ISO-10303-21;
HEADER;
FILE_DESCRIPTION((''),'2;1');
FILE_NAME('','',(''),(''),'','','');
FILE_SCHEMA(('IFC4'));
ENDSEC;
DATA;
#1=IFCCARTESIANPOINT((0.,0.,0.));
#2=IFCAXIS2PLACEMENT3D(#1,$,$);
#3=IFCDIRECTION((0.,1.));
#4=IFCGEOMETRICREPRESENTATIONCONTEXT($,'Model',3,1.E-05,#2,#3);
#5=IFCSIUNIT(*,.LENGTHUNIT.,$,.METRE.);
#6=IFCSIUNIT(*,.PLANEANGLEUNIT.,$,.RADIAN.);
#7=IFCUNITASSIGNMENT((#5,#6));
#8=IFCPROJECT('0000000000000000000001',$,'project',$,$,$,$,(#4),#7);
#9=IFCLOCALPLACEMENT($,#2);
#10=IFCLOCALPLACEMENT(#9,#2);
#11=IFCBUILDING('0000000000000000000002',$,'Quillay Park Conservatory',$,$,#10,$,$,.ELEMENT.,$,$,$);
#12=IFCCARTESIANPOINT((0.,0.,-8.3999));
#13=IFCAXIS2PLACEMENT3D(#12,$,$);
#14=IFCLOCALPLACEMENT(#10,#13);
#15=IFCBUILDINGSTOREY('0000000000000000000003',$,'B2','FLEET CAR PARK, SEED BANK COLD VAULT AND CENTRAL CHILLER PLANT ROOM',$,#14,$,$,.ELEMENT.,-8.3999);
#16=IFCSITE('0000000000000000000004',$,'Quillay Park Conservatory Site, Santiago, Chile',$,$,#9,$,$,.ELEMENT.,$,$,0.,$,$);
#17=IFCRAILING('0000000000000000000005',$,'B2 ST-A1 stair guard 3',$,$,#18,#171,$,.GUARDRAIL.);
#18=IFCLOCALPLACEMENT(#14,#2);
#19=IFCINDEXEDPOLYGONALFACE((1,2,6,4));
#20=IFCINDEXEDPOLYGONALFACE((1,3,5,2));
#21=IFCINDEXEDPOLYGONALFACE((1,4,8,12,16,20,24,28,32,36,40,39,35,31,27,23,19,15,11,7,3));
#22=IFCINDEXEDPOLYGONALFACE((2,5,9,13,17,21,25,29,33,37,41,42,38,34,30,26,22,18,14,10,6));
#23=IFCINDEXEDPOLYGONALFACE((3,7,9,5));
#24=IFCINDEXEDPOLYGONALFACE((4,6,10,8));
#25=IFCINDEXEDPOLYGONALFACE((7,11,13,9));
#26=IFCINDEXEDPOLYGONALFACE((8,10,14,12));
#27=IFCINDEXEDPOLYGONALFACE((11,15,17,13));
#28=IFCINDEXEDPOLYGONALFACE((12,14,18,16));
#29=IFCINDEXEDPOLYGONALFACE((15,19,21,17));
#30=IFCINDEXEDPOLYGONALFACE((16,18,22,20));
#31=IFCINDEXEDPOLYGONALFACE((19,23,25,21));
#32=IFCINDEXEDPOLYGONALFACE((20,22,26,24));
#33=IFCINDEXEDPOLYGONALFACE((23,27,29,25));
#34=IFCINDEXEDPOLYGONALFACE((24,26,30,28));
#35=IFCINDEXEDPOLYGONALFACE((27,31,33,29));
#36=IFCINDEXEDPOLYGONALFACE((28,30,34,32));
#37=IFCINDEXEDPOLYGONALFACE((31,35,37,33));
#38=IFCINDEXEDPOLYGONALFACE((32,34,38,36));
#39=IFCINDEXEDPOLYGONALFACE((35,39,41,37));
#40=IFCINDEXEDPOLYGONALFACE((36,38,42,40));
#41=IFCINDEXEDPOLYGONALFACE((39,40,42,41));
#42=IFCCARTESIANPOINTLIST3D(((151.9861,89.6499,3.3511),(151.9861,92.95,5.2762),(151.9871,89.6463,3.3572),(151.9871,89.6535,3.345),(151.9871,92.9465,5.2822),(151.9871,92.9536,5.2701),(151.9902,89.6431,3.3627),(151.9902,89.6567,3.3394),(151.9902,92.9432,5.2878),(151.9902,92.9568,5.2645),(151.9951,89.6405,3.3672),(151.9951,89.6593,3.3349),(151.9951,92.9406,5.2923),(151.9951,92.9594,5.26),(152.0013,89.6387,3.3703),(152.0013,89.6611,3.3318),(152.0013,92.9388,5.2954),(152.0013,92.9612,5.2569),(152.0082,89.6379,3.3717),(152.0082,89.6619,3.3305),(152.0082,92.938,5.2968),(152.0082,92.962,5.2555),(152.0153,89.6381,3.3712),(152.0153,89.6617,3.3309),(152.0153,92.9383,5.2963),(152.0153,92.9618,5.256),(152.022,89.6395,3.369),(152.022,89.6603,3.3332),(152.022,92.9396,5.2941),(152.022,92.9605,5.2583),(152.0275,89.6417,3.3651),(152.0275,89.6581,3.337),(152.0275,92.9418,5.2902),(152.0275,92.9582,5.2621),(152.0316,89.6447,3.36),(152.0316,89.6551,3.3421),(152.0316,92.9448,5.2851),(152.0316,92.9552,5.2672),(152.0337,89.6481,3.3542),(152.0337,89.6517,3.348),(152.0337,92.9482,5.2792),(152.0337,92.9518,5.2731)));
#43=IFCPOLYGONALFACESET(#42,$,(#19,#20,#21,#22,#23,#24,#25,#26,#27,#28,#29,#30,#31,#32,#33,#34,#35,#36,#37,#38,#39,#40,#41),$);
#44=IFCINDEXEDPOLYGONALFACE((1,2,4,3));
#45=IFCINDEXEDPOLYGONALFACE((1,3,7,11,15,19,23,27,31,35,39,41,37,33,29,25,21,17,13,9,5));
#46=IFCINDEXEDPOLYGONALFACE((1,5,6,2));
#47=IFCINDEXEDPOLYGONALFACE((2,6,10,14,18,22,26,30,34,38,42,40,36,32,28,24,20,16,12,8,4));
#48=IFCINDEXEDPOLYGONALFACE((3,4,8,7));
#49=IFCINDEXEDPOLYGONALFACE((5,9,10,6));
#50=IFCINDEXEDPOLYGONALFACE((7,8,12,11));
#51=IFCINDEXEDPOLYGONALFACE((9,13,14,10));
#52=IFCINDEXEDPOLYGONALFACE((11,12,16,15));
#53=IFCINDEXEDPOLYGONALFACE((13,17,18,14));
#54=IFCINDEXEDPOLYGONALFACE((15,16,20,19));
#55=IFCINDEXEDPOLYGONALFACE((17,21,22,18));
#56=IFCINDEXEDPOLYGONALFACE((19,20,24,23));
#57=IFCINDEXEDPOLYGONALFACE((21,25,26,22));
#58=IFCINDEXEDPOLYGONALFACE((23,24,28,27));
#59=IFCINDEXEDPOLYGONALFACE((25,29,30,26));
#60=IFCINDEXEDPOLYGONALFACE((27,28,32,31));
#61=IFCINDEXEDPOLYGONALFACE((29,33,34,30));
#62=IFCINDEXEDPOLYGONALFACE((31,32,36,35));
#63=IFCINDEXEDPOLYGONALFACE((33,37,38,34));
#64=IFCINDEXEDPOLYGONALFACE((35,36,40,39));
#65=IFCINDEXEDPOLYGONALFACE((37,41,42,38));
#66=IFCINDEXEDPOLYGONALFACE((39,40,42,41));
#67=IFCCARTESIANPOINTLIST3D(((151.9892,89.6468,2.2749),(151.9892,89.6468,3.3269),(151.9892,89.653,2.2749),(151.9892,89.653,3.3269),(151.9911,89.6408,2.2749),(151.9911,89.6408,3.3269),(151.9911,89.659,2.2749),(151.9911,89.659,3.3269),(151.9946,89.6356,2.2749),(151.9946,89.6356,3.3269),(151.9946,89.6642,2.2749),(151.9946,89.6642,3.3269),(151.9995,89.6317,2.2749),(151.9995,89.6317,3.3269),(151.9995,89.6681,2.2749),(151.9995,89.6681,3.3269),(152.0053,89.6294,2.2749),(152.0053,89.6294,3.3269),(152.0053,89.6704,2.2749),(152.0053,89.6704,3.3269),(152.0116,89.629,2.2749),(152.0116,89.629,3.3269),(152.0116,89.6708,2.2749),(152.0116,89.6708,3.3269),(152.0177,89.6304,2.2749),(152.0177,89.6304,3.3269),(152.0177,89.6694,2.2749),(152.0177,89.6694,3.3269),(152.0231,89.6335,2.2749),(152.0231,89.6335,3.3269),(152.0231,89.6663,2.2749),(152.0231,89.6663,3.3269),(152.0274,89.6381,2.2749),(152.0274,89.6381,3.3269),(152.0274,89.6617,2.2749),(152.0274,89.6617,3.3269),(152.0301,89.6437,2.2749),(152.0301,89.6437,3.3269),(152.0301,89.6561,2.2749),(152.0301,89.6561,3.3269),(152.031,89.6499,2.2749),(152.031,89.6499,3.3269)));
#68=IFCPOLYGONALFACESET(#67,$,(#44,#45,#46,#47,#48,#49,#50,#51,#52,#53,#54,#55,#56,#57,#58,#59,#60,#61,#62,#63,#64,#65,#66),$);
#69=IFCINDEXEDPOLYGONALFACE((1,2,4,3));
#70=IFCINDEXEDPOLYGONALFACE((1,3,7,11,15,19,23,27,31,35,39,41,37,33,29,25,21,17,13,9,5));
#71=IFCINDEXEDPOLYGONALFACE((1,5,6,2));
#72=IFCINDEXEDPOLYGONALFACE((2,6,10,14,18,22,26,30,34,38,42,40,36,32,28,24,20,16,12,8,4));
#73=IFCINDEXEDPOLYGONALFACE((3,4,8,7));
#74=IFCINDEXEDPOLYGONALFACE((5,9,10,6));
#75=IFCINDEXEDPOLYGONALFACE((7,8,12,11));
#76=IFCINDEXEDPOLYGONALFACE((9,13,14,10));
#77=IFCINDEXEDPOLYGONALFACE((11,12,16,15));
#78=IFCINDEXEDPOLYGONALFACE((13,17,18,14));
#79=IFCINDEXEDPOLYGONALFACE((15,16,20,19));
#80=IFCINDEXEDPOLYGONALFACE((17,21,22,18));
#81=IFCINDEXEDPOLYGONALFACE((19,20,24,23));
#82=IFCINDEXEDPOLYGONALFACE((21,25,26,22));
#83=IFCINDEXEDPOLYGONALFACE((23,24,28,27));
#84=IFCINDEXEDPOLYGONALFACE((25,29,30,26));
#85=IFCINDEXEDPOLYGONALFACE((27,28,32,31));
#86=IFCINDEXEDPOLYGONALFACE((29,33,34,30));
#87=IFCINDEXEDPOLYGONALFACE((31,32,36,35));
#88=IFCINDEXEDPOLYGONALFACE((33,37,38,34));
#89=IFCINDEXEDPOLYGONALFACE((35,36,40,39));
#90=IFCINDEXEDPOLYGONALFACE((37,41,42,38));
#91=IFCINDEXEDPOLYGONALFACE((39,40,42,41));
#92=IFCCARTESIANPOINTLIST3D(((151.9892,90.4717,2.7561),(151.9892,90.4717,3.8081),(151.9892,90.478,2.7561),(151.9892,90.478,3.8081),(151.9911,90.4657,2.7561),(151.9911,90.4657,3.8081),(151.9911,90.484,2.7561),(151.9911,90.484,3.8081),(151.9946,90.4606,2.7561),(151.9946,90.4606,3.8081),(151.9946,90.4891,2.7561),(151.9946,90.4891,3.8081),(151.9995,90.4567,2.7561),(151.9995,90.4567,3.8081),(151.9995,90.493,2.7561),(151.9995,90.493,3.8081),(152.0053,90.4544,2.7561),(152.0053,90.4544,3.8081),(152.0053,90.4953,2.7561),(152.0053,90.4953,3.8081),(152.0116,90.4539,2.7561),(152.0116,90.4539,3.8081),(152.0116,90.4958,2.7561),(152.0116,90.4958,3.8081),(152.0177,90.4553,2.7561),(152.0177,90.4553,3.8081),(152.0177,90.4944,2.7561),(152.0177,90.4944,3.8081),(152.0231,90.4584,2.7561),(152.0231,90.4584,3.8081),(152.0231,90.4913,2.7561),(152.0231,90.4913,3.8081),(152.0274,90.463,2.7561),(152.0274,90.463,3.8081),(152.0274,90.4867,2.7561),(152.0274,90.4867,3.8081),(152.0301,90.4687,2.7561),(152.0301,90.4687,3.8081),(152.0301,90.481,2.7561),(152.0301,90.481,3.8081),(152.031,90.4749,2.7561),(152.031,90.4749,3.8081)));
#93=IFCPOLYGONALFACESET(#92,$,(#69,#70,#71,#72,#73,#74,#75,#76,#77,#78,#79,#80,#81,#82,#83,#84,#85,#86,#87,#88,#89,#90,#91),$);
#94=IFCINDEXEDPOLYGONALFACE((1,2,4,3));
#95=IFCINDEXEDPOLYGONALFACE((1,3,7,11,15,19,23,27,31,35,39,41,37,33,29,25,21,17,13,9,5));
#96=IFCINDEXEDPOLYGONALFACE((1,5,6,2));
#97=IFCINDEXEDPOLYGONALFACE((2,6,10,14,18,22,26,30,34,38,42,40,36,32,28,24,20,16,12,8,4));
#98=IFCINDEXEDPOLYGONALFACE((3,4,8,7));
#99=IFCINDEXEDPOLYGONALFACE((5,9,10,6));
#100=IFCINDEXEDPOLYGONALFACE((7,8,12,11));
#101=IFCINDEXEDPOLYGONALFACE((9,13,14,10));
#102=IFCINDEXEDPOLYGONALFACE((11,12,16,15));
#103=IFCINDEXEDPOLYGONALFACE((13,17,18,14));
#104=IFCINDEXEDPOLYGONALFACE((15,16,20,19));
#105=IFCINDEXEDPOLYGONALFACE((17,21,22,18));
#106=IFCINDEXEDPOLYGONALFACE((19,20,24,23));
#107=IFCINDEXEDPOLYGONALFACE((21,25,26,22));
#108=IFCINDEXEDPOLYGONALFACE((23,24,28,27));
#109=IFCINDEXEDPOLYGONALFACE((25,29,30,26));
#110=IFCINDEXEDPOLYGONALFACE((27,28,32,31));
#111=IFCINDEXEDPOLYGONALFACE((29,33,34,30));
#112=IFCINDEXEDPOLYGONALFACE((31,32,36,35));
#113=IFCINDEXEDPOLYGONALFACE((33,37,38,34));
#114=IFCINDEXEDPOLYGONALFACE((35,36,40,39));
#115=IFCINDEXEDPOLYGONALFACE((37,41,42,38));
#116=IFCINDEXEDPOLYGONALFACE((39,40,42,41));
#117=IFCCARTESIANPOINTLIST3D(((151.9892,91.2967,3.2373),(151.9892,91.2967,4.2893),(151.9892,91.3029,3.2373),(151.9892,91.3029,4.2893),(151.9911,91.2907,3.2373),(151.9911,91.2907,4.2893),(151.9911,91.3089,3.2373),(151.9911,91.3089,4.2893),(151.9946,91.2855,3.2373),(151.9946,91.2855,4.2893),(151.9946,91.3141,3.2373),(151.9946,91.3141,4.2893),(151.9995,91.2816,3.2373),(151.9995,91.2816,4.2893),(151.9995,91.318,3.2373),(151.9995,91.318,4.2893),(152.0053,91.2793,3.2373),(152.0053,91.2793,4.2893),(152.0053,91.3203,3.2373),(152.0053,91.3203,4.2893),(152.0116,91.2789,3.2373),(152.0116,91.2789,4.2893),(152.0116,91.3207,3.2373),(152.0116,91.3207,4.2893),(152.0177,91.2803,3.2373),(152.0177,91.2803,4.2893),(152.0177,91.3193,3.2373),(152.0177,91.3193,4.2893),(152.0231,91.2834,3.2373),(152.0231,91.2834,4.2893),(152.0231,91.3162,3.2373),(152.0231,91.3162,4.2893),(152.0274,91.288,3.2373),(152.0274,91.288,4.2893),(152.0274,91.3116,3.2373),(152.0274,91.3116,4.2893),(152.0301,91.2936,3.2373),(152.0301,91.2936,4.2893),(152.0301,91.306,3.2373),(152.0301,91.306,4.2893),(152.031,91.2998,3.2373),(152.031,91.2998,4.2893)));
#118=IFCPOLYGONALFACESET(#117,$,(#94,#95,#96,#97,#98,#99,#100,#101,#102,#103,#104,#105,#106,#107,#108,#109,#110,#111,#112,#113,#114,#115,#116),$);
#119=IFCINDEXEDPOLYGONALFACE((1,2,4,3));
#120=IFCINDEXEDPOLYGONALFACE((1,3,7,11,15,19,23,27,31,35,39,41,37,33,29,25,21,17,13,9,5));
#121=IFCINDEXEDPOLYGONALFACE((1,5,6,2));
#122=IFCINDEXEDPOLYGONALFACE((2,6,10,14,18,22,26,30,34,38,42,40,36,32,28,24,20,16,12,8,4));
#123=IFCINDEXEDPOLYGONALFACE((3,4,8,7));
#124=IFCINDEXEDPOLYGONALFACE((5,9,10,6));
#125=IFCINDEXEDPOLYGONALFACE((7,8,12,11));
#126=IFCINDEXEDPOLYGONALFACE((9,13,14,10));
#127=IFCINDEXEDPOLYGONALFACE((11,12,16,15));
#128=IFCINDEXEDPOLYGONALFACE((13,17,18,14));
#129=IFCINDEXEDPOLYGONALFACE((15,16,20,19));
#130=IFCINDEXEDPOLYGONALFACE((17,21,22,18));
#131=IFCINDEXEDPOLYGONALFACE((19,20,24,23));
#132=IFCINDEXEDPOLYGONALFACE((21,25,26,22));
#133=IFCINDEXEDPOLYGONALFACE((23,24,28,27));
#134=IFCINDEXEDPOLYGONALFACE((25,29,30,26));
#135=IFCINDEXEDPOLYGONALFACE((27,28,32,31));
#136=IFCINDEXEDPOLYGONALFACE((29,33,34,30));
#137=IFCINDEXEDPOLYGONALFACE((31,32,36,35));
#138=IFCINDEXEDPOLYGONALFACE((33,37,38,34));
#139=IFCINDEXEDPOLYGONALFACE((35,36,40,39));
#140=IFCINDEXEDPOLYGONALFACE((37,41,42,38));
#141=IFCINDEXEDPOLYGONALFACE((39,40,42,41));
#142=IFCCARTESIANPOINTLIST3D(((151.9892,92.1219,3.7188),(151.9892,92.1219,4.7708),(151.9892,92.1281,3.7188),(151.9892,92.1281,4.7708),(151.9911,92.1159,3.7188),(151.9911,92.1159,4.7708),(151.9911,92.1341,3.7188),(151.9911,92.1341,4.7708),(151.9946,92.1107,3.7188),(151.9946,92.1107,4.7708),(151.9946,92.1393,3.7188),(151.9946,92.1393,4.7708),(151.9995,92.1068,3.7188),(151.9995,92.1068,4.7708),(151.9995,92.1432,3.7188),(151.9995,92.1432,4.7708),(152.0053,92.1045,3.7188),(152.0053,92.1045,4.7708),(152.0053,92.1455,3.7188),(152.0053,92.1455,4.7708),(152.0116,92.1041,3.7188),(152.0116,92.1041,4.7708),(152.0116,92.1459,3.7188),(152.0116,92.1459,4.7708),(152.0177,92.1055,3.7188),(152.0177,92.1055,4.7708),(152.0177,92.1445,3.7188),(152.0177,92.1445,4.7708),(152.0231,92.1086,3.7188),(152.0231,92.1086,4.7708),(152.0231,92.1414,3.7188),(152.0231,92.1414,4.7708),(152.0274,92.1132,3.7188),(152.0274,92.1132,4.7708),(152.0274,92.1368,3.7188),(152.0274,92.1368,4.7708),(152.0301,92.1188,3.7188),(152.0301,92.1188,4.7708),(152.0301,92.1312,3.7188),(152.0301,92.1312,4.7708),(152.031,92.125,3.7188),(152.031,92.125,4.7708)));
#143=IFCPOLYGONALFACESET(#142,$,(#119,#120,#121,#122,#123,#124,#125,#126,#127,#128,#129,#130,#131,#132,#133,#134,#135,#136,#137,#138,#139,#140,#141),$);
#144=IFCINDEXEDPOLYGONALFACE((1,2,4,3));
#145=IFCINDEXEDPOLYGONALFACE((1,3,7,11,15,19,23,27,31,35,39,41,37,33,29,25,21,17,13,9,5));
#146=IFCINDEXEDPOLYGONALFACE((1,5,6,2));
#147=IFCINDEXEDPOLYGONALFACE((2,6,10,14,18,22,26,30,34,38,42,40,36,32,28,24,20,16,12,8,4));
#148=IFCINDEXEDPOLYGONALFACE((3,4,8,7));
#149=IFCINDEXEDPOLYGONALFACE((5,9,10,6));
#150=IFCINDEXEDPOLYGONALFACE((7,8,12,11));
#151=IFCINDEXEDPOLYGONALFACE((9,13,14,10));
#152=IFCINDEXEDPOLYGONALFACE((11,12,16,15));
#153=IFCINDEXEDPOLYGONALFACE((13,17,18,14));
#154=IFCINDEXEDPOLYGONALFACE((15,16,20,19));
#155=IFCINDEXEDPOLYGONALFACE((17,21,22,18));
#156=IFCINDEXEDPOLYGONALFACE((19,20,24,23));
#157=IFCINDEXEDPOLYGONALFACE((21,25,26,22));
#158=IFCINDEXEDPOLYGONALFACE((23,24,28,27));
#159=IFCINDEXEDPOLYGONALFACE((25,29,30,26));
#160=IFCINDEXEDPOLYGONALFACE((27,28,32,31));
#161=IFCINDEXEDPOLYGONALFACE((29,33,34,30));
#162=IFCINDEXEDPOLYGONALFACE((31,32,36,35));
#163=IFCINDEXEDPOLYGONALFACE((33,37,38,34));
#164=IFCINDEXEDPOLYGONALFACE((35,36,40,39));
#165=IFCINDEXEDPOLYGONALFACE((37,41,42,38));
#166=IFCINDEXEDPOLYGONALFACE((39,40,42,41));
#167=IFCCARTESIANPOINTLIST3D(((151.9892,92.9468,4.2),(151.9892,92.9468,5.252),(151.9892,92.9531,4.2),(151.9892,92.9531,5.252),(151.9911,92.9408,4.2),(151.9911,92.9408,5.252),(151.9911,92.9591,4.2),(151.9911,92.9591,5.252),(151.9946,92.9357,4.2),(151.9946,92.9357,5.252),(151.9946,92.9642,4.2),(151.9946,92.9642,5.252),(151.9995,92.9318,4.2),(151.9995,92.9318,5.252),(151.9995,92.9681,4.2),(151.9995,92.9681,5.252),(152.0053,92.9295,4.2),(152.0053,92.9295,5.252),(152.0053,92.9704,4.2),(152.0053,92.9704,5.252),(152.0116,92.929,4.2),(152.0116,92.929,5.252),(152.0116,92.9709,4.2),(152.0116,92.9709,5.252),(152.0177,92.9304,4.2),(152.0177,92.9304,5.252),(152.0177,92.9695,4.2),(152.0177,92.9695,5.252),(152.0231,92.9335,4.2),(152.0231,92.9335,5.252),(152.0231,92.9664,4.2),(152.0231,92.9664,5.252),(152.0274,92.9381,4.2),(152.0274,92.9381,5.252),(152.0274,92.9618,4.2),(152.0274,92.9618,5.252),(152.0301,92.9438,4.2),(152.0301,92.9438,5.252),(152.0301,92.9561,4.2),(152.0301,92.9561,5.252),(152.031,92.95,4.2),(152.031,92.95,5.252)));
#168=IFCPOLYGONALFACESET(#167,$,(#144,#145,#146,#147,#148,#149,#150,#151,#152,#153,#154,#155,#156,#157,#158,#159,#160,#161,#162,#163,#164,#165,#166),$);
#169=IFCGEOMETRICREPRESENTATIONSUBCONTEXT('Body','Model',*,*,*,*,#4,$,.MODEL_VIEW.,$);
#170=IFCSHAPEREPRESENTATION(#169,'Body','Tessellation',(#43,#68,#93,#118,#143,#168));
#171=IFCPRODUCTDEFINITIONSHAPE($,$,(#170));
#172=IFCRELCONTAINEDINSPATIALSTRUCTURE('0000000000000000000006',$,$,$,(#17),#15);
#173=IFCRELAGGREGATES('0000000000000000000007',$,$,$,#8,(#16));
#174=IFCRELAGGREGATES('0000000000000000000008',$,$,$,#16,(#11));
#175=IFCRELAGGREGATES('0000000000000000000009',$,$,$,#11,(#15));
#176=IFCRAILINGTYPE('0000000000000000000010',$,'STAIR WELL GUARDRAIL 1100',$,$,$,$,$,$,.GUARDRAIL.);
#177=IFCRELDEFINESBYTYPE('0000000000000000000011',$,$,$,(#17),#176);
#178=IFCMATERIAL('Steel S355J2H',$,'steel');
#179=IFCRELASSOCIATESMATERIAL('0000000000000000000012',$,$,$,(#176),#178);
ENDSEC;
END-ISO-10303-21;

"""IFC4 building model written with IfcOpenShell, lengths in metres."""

from ifc_helpers import new_model, si_unit, direction, frame, origin, origin_2d, place, context, subcontext, project, spatial, circle, extrude, material, type_object, element, save


model = new_model("IFC4")

# Units and contexts
model_context = context("Model", 3, precision=1e-05, world=origin(), true_north=direction((0.0, 1.0)))
body_context = subcontext(model_context, "Body", "Model", "MODEL_VIEW")
ifc_project = project(units=[si_unit("LENGTHUNIT", "METRE"), si_unit("PLANEANGLEUNIT", "RADIAN")], contexts=[model_context])

# Site, building, storey
site_placement = place(None, origin())
site = spatial("IfcSite", under=ifc_project, at=site_placement, Name="Quillay Park Conservatory Site, Santiago, Chile", CompositionType="ELEMENT", RefElevation=0.0)
building_placement = place(site_placement, origin())
building = spatial("IfcBuilding", under=site, at=building_placement, Name="Quillay Park Conservatory", CompositionType="ELEMENT")
storey_placement = place(building_placement, frame((0.0, 0.0, -8.3999)))
storey = spatial("IfcBuildingStorey", under=building, at=storey_placement, Name="B2", Description="FLEET CAR PARK, SEED BANK COLD VAULT AND CENTRAL CHILLER PLANT ROOM", CompositionType="ELEMENT", Elevation=-8.3999)

# Railing
ifc_material_1 = material(Name="Steel S355J2H", Category="steel")
railing_type_1 = type_object("IfcRailingType", Name="STAIR WELL GUARDRAIL 1100", PredefinedType="GUARDRAIL", material=ifc_material_1)
railing_1_placement = place(storey_placement, frame((152.01, 89.6499, 2.2749)))
element("IfcRailing", 1, at=railing_1_placement, inside=storey, type_object=railing_type_1, Name="B2 ST-A1 stair guard 3", PredefinedType="GUARDRAIL", context=body_context, shape_type="SweptSolid", body=[
    extrude(circle(Radius=0.0239, at=origin_2d()), frame((0.0, 0.0, 1.0762), z_axis=(0.0, 0.863777, 0.503875), x_axis=(-1.0, 0.0, 0.0)), (0.0, 0.0, 1.0), 3.8206),
    extrude(circle(Radius=0.021, at=origin_2d()), origin(), (0.0, 0.0, 1.0), 1.052),
    extrude(circle(Radius=0.021, at=origin_2d()), frame((0.0, 0.825, 0.4812)), (0.0, 0.0, 1.0), 1.052),
    extrude(circle(Radius=0.021, at=origin_2d()), frame((0.0, 1.6499, 0.9624)), (0.0, 0.0, 1.0), 1.052),
    extrude(circle(Radius=0.021, at=origin_2d()), frame((0.0, 2.4751, 1.4438)), (0.0, 0.0, 1.0), 1.052),
    extrude(circle(Radius=0.021, at=origin_2d()), frame((0.0, 3.3, 1.925)), (0.0, 0.0, 1.0), 1.052),
])

save(model, "model.ifc")
